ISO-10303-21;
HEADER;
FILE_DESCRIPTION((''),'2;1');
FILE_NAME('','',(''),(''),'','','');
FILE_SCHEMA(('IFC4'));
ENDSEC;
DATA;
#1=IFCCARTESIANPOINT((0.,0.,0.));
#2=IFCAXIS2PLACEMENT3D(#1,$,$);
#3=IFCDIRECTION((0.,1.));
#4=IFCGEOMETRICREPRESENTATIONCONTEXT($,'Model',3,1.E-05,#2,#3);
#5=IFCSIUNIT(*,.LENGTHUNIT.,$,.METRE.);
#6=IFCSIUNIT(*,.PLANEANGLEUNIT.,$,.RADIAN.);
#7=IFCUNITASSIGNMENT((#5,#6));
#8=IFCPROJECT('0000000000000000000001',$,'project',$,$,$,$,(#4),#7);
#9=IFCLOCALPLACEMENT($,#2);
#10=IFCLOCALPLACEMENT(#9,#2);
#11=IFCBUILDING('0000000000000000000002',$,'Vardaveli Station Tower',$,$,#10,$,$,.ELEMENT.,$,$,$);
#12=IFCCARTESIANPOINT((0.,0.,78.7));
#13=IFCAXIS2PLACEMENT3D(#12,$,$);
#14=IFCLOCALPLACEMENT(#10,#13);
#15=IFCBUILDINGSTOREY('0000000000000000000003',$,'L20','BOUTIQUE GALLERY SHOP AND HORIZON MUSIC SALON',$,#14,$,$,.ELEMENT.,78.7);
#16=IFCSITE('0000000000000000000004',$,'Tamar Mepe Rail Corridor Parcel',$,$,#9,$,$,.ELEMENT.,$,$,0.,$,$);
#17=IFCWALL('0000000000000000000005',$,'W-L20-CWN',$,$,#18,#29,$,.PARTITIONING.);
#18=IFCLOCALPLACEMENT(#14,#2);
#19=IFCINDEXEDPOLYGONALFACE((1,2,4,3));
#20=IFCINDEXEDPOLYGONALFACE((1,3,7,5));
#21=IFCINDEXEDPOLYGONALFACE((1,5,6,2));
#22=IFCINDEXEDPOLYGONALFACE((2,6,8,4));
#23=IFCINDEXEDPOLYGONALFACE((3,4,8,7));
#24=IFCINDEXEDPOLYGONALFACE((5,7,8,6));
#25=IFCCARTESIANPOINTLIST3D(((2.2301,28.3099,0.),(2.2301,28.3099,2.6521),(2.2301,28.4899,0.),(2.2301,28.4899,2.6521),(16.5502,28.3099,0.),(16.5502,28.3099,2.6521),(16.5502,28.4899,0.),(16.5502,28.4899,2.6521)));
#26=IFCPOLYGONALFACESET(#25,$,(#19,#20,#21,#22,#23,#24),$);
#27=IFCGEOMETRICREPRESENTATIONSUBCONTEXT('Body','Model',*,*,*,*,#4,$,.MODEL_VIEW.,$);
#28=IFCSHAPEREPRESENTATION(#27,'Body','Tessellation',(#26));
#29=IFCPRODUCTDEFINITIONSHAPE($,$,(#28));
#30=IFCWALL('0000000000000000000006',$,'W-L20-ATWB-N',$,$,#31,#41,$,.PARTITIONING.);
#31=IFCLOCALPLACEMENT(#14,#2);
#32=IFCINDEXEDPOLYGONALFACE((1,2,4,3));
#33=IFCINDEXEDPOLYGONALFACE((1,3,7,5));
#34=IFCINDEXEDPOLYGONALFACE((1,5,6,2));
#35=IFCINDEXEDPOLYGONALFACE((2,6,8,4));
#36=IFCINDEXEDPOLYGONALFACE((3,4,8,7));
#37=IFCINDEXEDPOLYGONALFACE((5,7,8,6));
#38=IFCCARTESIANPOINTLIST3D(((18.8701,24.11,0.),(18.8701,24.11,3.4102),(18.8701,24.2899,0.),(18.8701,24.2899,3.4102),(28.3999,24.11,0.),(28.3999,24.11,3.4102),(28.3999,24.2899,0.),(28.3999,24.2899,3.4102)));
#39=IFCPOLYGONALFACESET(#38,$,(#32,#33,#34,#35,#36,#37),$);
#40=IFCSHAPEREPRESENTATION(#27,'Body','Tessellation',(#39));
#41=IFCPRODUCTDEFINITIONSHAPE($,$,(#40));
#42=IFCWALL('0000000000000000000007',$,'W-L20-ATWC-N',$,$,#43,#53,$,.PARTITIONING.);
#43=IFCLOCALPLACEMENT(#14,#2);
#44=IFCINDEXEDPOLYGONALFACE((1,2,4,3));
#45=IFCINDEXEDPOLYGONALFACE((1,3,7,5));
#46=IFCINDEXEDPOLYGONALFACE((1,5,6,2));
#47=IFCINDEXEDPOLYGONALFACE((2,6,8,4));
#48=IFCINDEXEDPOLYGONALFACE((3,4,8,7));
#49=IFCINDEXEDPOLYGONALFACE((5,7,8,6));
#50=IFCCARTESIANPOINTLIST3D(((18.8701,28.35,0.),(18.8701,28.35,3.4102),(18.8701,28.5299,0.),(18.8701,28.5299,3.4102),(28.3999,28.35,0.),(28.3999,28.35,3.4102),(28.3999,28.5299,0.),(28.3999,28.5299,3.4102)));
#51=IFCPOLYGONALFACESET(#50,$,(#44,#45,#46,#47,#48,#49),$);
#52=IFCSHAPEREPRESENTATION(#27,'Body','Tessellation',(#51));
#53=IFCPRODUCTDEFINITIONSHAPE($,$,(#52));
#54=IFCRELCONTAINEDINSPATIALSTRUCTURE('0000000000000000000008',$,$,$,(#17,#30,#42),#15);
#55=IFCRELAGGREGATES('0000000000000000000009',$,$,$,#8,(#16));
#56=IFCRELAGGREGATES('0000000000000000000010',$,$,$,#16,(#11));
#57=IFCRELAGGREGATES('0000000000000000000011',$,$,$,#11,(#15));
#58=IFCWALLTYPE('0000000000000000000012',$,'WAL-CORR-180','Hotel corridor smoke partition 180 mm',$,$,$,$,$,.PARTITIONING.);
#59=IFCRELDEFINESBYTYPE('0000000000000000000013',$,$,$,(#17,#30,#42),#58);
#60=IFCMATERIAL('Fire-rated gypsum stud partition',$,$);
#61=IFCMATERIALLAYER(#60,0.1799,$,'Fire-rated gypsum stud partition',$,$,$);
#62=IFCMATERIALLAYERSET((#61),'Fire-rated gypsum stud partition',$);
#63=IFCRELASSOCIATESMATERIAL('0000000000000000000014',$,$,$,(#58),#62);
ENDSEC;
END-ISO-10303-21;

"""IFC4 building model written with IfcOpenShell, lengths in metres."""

from ifc_helpers import new_model, si_unit, direction, frame, frame_2d, origin, place, context, subcontext, project, spatial, rectangle, extrude, source, transform, mapped, material, layer, layer_set, type_object, element, save


model = new_model("IFC4")

# Units and contexts
model_context = context("Model", 3, precision=1e-05, world=origin(), true_north=direction((0.0, 1.0)))
body_context = subcontext(model_context, "Body", "Model", "MODEL_VIEW")
ifc_project = project(units=[si_unit("LENGTHUNIT", "METRE"), si_unit("PLANEANGLEUNIT", "RADIAN")], contexts=[model_context])

# Site, building, storey
site_placement = place(None, origin())
site = spatial("IfcSite", under=ifc_project, at=site_placement, Name="Tamar Mepe Rail Corridor Parcel", CompositionType="ELEMENT", RefElevation=0.0)
building_placement = place(site_placement, origin())
building = spatial("IfcBuilding", under=site, at=building_placement, Name="Vardaveli Station Tower", CompositionType="ELEMENT")
storey_placement = place(building_placement, frame((0.0, 0.0, 78.7)))
storey = spatial("IfcBuildingStorey", under=building, at=storey_placement, Name="L20", Description="BOUTIQUE GALLERY SHOP AND HORIZON MUSIC SALON", CompositionType="ELEMENT", Elevation=78.7)

# Shared definitions
ifc_material_1 = material(Name="Fire-rated gypsum stud partition")
ifc_layer_1 = layer(ifc_material_1, 0.1799, Name="Fire-rated gypsum stud partition")
ifc_layer_set_1 = layer_set([ifc_layer_1], Name="Fire-rated gypsum stud partition")
wall_type = type_object("IfcWallType", Name="WAL-CORR-180", Description="Hotel corridor smoke partition 180 mm", PredefinedType="PARTITIONING", material=ifc_layer_set_1)

# Walls
shared_shape_1 = source(origin(), body_context, "Body", "SweptSolid", [
    extrude(rectangle(XDim=14.3201, YDim=0.1799, at=frame_2d((7.1602, 0.0))), origin(), (0.0, 0.0, 1.0), 2.6521),
])
wall_1_placement = place(storey_placement, frame((2.23, 28.3999, 0.0), z_axis=(0.0, 0.0, 1.0), x_axis=(1.0, 0.0, 0.0)))
element("IfcWall", 1, at=wall_1_placement, inside=storey, type_object=wall_type, Name="W-L20-CWN", PredefinedType="PARTITIONING", context=body_context, shape_type="MappedRepresentation", body=[
    mapped(shared_shape_1, transform((0.0, 0.0, 0.0), scale=1.0)),
])
shared_shape_2 = source(origin(), body_context, "Body", "SweptSolid", [
    extrude(rectangle(XDim=9.5298, YDim=0.1799, at=frame_2d((4.7649, 0.0))), origin(), (0.0, 0.0, 1.0), 3.4102),
])
for number, where, z_axis, x_axis, name in (
    (2, (18.8701, 24.2, 0.0), (0.0, 0.0, 1.0), (1.0, 0.0, 0.0), "W-L20-ATWB-N"),
    (3, (18.8701, 28.4399, 0.0), (0.0, 0.0, 1.0), (1.0, 0.0, 0.0), "W-L20-ATWC-N"),
):
    element("IfcWall", number, at=place(storey_placement, frame(where, z_axis=z_axis, x_axis=x_axis)), inside=storey, type_object=wall_type, Name=name, PredefinedType="PARTITIONING", context=body_context, shape_type="MappedRepresentation", body=[
        mapped(shared_shape_2, transform((0.0, 0.0, 0.0), scale=1.0)),
    ])

save(model, "model.ifc")
